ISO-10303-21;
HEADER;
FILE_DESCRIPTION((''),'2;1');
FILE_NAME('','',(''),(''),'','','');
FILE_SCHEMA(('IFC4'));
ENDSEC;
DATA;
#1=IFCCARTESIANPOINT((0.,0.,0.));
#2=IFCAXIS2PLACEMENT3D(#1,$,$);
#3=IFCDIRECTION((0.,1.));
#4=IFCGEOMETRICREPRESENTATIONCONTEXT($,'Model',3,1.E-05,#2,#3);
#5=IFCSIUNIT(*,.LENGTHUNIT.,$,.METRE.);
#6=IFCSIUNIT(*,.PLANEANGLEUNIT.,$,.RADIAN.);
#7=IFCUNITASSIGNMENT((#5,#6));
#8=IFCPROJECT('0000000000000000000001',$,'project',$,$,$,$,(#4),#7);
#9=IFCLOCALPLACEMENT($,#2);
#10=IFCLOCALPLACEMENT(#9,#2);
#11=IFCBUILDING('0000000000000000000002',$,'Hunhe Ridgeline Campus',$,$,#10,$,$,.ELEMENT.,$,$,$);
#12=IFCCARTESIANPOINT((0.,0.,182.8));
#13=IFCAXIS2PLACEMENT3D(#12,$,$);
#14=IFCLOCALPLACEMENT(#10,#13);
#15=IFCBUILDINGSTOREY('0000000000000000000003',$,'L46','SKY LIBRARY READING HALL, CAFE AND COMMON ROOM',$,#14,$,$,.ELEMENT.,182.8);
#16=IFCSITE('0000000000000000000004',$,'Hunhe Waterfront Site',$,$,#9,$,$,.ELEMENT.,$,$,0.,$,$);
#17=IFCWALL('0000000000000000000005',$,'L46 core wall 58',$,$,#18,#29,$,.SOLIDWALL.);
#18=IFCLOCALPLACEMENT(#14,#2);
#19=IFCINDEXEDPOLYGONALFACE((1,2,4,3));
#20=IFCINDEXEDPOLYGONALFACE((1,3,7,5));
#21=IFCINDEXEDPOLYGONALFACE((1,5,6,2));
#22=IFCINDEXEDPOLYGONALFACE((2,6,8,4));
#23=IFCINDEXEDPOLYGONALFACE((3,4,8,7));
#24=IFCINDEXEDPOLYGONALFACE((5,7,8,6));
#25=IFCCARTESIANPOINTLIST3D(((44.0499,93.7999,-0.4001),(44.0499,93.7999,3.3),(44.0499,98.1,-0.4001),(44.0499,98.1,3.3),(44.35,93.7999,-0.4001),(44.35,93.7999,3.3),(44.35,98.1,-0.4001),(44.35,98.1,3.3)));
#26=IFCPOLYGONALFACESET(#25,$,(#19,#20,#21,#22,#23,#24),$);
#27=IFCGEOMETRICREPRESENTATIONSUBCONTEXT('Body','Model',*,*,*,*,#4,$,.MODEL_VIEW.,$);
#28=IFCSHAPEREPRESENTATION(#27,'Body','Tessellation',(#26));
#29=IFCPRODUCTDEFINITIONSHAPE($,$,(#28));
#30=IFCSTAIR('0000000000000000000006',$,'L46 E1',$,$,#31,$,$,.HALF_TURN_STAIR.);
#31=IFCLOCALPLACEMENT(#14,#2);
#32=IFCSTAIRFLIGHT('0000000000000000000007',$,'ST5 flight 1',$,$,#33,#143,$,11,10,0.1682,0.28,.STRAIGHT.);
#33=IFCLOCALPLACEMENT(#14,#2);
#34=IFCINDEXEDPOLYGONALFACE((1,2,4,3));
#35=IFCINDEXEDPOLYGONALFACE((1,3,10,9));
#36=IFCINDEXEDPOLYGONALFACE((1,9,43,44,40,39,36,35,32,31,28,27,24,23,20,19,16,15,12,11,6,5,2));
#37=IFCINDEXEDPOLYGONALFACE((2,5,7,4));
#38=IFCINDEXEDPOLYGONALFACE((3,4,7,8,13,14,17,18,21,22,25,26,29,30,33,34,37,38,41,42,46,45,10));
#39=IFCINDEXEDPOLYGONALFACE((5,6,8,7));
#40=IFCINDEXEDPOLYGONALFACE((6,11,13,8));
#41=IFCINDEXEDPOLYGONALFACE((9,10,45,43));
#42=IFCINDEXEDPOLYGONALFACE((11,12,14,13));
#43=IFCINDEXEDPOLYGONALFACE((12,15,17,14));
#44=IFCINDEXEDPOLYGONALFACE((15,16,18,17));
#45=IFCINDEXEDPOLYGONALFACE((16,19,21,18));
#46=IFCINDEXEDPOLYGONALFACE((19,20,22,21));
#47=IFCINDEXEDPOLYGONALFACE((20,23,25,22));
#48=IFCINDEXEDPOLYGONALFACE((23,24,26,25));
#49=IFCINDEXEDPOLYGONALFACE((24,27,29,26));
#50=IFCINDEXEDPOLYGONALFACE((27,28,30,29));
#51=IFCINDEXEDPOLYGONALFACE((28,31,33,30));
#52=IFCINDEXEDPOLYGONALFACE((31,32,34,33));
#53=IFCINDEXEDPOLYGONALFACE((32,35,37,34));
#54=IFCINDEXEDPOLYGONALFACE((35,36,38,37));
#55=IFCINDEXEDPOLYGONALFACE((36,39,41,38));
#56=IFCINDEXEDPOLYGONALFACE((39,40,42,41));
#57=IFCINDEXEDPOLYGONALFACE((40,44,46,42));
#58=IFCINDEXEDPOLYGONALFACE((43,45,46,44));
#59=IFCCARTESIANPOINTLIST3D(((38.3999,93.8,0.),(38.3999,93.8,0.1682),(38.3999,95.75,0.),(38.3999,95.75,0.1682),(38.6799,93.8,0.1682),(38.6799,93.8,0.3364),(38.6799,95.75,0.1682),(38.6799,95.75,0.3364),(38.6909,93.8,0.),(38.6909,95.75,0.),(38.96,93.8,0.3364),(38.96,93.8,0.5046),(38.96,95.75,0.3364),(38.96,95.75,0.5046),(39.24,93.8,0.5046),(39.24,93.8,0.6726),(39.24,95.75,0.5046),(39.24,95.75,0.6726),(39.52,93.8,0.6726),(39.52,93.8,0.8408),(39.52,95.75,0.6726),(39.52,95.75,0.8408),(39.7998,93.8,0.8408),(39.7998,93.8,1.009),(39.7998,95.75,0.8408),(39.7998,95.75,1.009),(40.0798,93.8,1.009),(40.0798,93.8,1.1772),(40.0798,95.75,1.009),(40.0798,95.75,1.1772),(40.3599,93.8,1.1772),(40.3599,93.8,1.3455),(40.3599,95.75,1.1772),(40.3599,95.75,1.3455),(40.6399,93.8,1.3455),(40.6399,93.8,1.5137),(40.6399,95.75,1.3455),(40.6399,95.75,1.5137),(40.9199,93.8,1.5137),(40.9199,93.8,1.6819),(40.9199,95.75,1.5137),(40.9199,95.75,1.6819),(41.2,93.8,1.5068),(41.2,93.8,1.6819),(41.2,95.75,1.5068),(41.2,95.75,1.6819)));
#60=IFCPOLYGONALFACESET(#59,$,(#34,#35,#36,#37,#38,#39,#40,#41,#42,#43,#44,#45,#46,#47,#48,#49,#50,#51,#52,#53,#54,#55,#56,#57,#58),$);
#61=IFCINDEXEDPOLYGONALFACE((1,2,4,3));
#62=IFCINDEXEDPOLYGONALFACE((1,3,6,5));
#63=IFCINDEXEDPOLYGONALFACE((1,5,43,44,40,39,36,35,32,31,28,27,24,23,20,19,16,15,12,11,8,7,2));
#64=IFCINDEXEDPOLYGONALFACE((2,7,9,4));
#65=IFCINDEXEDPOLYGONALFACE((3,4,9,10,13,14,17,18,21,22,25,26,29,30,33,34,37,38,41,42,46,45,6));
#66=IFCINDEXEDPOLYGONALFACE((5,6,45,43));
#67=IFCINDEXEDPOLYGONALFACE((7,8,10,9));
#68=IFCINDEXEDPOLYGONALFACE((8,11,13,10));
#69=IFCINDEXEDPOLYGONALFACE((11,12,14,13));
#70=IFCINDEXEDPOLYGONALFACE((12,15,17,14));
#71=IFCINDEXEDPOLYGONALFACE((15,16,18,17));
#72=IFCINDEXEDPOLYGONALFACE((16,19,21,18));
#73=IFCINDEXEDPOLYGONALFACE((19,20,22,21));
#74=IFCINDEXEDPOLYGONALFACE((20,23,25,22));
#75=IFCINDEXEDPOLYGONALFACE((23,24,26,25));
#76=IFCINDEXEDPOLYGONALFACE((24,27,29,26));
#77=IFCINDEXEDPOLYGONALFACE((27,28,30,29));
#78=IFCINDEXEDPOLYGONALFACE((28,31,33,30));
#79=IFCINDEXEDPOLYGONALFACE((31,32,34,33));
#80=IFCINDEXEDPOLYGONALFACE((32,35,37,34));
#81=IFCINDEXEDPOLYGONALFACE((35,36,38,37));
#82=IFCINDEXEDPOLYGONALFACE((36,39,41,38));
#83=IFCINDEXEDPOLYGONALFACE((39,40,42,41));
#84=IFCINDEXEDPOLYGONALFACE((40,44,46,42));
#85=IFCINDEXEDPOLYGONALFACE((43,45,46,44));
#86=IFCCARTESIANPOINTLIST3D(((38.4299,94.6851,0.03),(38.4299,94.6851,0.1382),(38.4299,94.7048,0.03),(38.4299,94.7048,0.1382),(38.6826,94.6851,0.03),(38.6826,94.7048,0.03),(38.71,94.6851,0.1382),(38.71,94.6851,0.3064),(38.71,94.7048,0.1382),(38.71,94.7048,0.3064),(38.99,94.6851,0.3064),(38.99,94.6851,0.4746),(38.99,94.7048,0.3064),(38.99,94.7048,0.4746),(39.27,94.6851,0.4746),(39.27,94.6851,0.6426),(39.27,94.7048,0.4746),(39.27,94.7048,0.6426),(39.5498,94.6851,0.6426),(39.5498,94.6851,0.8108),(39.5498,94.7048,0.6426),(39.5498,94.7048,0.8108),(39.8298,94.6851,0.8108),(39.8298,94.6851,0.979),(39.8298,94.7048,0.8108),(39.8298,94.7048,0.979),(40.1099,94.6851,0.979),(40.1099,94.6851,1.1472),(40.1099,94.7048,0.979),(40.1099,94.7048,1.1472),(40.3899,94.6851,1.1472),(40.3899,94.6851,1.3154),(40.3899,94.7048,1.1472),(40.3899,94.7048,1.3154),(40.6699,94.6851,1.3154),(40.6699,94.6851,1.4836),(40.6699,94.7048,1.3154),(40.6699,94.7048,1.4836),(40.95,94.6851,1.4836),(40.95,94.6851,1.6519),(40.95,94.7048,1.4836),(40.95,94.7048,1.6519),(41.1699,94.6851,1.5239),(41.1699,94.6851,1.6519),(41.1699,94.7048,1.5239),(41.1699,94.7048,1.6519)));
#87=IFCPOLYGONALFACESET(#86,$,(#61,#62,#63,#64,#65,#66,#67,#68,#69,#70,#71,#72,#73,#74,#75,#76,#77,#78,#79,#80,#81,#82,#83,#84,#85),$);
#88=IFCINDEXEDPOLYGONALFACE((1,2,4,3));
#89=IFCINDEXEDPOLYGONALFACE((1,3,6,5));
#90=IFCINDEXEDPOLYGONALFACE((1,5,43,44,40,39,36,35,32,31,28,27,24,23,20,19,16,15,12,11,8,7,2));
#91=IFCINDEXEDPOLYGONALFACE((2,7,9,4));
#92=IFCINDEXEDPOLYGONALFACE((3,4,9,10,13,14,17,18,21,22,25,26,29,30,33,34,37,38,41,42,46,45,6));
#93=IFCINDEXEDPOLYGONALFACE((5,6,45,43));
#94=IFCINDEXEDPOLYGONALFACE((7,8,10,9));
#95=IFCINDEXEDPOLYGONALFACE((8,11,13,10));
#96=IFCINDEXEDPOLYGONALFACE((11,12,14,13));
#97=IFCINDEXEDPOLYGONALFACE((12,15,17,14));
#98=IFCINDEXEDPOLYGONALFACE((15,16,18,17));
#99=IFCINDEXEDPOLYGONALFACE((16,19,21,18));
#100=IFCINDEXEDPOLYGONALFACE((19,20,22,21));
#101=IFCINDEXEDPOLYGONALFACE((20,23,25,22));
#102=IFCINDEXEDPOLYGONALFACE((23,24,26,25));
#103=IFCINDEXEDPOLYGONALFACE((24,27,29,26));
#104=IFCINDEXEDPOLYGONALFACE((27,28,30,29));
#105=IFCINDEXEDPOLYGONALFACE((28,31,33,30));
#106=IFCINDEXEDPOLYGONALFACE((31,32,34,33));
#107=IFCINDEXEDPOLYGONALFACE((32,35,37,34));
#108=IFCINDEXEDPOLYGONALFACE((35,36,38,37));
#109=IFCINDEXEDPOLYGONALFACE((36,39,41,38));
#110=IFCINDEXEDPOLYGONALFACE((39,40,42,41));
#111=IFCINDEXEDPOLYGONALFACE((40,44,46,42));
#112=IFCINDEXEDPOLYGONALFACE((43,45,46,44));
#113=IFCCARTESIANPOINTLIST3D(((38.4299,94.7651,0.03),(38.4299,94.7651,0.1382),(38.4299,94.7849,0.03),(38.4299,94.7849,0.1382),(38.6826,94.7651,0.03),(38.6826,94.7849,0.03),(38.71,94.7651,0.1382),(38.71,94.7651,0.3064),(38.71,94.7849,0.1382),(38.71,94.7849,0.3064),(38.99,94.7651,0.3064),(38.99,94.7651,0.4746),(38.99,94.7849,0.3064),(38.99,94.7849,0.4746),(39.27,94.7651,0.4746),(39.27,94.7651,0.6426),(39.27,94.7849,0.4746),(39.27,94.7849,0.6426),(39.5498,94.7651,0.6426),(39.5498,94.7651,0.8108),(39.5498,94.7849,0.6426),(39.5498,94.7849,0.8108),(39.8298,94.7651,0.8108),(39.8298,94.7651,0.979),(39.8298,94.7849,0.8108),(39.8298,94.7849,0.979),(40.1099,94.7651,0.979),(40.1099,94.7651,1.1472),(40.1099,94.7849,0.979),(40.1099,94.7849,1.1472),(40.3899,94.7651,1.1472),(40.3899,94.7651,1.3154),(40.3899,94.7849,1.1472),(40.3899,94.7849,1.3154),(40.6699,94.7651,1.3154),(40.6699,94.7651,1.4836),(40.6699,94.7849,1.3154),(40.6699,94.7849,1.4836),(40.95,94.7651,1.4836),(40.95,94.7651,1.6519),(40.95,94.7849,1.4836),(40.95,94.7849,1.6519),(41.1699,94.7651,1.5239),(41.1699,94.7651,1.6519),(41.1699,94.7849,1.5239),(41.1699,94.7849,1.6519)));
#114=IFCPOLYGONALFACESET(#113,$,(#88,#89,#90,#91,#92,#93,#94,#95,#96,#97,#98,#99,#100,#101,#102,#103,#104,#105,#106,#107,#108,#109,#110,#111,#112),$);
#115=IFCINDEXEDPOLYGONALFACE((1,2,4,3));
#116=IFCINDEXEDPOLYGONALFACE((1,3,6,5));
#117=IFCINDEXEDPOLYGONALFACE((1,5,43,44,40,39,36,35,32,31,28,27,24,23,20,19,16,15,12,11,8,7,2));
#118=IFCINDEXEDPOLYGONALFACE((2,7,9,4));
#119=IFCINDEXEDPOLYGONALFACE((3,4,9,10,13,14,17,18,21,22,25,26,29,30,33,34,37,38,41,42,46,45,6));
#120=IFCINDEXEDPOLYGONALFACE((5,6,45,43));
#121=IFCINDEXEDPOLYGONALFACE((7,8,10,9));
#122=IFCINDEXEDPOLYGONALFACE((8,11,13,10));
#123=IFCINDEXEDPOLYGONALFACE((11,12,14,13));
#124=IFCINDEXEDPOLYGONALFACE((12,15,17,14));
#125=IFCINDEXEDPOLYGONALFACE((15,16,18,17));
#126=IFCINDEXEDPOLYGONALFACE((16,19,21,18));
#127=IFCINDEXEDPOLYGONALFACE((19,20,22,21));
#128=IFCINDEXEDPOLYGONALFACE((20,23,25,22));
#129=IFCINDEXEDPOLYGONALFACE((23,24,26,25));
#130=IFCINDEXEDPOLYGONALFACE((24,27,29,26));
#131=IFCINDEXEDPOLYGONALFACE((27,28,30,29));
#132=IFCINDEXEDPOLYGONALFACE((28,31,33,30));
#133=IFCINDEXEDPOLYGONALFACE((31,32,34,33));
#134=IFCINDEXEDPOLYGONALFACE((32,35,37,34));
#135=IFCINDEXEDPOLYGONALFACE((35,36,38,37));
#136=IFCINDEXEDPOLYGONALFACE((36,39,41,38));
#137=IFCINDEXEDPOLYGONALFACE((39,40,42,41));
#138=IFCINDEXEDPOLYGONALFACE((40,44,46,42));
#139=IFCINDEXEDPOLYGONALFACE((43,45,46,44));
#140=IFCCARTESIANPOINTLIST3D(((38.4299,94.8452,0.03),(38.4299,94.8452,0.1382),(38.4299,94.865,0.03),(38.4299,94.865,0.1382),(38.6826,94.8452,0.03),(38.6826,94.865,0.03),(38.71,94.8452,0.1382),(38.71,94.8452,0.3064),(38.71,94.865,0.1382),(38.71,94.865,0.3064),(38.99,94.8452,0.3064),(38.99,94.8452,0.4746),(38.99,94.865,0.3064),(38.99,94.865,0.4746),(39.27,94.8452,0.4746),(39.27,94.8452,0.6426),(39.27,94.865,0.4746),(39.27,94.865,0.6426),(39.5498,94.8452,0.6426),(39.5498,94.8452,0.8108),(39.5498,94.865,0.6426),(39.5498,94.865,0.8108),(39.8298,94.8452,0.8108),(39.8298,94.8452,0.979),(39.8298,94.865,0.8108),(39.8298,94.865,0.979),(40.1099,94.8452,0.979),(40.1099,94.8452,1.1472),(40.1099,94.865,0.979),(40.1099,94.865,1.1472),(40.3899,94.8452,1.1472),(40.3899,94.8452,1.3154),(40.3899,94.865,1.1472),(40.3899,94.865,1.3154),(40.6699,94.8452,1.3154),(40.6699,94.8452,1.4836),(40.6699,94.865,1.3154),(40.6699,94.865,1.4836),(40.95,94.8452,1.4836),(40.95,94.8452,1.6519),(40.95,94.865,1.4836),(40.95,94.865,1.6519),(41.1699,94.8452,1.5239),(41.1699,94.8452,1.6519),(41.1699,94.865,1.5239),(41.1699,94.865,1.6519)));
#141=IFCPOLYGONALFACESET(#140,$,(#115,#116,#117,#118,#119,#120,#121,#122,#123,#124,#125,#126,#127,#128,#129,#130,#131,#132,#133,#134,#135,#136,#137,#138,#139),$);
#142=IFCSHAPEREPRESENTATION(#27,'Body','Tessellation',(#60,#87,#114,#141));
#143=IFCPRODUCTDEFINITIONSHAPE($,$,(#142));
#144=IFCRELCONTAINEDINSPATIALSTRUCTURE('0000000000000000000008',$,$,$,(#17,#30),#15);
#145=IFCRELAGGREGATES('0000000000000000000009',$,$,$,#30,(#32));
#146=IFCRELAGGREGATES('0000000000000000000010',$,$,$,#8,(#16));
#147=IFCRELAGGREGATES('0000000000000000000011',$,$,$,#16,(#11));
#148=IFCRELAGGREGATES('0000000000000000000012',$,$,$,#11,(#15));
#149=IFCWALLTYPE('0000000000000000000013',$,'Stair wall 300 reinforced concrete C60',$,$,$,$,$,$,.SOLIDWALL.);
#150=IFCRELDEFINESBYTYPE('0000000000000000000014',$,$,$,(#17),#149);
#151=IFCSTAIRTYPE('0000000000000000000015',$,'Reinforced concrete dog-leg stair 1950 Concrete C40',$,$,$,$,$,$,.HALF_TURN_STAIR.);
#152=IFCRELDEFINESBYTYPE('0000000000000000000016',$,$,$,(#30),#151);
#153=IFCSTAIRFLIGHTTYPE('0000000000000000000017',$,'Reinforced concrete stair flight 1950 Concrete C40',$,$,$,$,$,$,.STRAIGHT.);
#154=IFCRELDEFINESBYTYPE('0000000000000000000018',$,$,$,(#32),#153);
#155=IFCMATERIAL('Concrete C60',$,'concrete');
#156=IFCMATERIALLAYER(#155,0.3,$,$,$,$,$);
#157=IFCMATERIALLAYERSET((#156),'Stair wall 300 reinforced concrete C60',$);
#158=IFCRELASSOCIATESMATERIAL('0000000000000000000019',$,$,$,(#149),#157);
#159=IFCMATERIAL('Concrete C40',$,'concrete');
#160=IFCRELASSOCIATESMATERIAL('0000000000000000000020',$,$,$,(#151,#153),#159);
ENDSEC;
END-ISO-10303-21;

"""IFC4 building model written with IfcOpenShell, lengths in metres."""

from ifc_helpers import new_model, si_unit, direction, frame, frame_2d, origin, place, context, subcontext, project, spatial, polyline, rectangle, outline, extrude, material, layer, layer_set, type_object, element, aggregate, save


model = new_model("IFC4")

# Units and contexts
model_context = context("Model", 3, precision=1e-05, world=origin(), true_north=direction((0.0, 1.0)))
body_context = subcontext(model_context, "Body", "Model", "MODEL_VIEW")
ifc_project = project(units=[si_unit("LENGTHUNIT", "METRE"), si_unit("PLANEANGLEUNIT", "RADIAN")], contexts=[model_context])

# Site, building, storey
site_placement = place(None, origin())
site = spatial("IfcSite", under=ifc_project, at=site_placement, Name="Hunhe Waterfront Site", CompositionType="ELEMENT", RefElevation=0.0)
building_placement = place(site_placement, origin())
building = spatial("IfcBuilding", under=site, at=building_placement, Name="Hunhe Ridgeline Campus", CompositionType="ELEMENT")
storey_placement = place(building_placement, frame((0.0, 0.0, 182.8)))
storey = spatial("IfcBuildingStorey", under=building, at=storey_placement, Name="L46", Description="SKY LIBRARY READING HALL, CAFE AND COMMON ROOM", CompositionType="ELEMENT", Elevation=182.8)

# Shared definitions
ifc_material_1 = material(Name="Concrete C60", Category="concrete")

# Shared definitions
ifc_layer_1 = layer(ifc_material_1, 0.3)
ifc_layer_set_1 = layer_set([ifc_layer_1], Name="Stair wall 300 reinforced concrete C60")
wall_type_1 = type_object("IfcWallType", Name="Stair wall 300 reinforced concrete C60", PredefinedType="SOLIDWALL", material=ifc_layer_set_1)

# Wall
for number, where, z_axis, x_axis, name in (
    (1, (44.2, 93.8, -0.4001), (0.0, 0.0, 1.0), (0.0, 1.0, 0.0), "L46 core wall 58"),
):
    element("IfcWall", number, at=place(storey_placement, frame(where, z_axis=z_axis, x_axis=x_axis)), inside=storey, type_object=wall_type_1, Name=name, PredefinedType="SOLIDWALL", context=body_context, shape_type="SweptSolid", body=[
        extrude(rectangle(XDim=4.3, YDim=0.3, at=frame_2d((2.1499, 0.0))), origin(), (0.0, 0.0, 1.0), 3.7002),
    ])

# Stair, stair flight
ifc_material_2 = material(Name="Concrete C40", Category="concrete")
stair_type = type_object("IfcStairType", Name="Reinforced concrete dog-leg stair 1950 Concrete C40", PredefinedType="HALF_TURN_STAIR", material=ifc_material_2)
stair_placement = place(storey_placement, origin())
stair = element("IfcStair", 2, at=stair_placement, inside=storey, type_object=stair_type, Name="L46 E1", PredefinedType="HALF_TURN_STAIR")
stair_flight_type = type_object("IfcStairFlightType", Name="Reinforced concrete stair flight 1950 Concrete C40", PredefinedType="STRAIGHT", material=ifc_material_2)
stair_flight_1_placement = place(storey_placement, frame((38.3999, 94.7749, 0.0), z_axis=(0.0, 0.0, 1.0), x_axis=(1.0, 0.0, 0.0)))
stair_flight_1 = element("IfcStairFlight", 3, at=stair_flight_1_placement, type_object=stair_flight_type, Name="ST5 flight 1", NumberOfRisers=11, NumberOfTreads=10, PredefinedType="STRAIGHT", RiserHeight=0.1682, TreadLength=0.28, context=body_context, shape_type="SweptSolid", body=[
    extrude(outline(polyline([(0.0, 0.0), (0.0, 0.1682), (0.28, 0.1682), (0.28, 0.3364), (0.5601, 0.3364), (0.5601, 0.5046), (0.8401, 0.5046), (0.8401, 0.6726), (1.1201, 0.6726), (1.1201, 0.8408), (1.3999, 0.8408), (1.3999, 1.009), (1.6799, 1.009), (1.6799, 1.1772), (1.96, 1.1772), (1.96, 1.3455), (2.24, 1.3455), (2.24, 1.5137), (2.52, 1.5137), (2.52, 1.6819), (2.8, 1.6819), (2.8, 1.8501), (2.8, 1.5068), (0.291, 0.0), (0.0, 0.0)])), frame((0.0, 0.9751, 0.0), z_axis=(0.0, -1.0, 0.0), x_axis=(1.0, 0.0, 0.0)), (0.0, 0.0, 1.0), 1.95),
    extrude(outline(polyline([(0.03, 0.03), (0.03, 0.1382), (0.3101, 0.1382), (0.3101, 0.3064), (0.5901, 0.3064), (0.5901, 0.4746), (0.8701, 0.4746), (0.8701, 0.6426), (1.1499, 0.6426), (1.1499, 0.8108), (1.4299, 0.8108), (1.4299, 0.979), (1.71, 0.979), (1.71, 1.1472), (1.99, 1.1472), (1.99, 1.3154), (2.27, 1.3154), (2.27, 1.4836), (2.55, 1.4836), (2.55, 1.6519), (2.77, 1.6519), (2.77, 1.5239), (0.2827, 0.03), (0.03, 0.03)])), frame((0.0, -0.0701, 0.0), z_axis=(0.0, -1.0, 0.0), x_axis=(1.0, 0.0, 0.0)), (0.0, 0.0, 1.0), 0.0198),
    extrude(outline(polyline([(0.03, 0.03), (0.03, 0.1382), (0.3101, 0.1382), (0.3101, 0.3064), (0.5901, 0.3064), (0.5901, 0.4746), (0.8701, 0.4746), (0.8701, 0.6426), (1.1499, 0.6426), (1.1499, 0.8108), (1.4299, 0.8108), (1.4299, 0.979), (1.71, 0.979), (1.71, 1.1472), (1.99, 1.1472), (1.99, 1.3154), (2.27, 1.3154), (2.27, 1.4836), (2.55, 1.4836), (2.55, 1.6519), (2.77, 1.6519), (2.77, 1.5239), (0.2827, 0.03), (0.03, 0.03)])), frame((0.0, 0.01, 0.0), z_axis=(0.0, -1.0, 0.0), x_axis=(1.0, 0.0, 0.0)), (0.0, 0.0, 1.0), 0.0198),
    extrude(outline(polyline([(0.03, 0.03), (0.03, 0.1382), (0.3101, 0.1382), (0.3101, 0.3064), (0.5901, 0.3064), (0.5901, 0.4746), (0.8701, 0.4746), (0.8701, 0.6426), (1.1499, 0.6426), (1.1499, 0.8108), (1.4299, 0.8108), (1.4299, 0.979), (1.71, 0.979), (1.71, 1.1472), (1.99, 1.1472), (1.99, 1.3154), (2.27, 1.3154), (2.27, 1.4836), (2.55, 1.4836), (2.55, 1.6519), (2.77, 1.6519), (2.77, 1.5239), (0.2827, 0.03), (0.03, 0.03)])), frame((0.0, 0.0901, 0.0), z_axis=(0.0, -1.0, 0.0), x_axis=(1.0, 0.0, 0.0)), (0.0, 0.0, 1.0), 0.0198),
])
aggregate(stair, [stair_flight_1])

save(model, "model.ifc")
